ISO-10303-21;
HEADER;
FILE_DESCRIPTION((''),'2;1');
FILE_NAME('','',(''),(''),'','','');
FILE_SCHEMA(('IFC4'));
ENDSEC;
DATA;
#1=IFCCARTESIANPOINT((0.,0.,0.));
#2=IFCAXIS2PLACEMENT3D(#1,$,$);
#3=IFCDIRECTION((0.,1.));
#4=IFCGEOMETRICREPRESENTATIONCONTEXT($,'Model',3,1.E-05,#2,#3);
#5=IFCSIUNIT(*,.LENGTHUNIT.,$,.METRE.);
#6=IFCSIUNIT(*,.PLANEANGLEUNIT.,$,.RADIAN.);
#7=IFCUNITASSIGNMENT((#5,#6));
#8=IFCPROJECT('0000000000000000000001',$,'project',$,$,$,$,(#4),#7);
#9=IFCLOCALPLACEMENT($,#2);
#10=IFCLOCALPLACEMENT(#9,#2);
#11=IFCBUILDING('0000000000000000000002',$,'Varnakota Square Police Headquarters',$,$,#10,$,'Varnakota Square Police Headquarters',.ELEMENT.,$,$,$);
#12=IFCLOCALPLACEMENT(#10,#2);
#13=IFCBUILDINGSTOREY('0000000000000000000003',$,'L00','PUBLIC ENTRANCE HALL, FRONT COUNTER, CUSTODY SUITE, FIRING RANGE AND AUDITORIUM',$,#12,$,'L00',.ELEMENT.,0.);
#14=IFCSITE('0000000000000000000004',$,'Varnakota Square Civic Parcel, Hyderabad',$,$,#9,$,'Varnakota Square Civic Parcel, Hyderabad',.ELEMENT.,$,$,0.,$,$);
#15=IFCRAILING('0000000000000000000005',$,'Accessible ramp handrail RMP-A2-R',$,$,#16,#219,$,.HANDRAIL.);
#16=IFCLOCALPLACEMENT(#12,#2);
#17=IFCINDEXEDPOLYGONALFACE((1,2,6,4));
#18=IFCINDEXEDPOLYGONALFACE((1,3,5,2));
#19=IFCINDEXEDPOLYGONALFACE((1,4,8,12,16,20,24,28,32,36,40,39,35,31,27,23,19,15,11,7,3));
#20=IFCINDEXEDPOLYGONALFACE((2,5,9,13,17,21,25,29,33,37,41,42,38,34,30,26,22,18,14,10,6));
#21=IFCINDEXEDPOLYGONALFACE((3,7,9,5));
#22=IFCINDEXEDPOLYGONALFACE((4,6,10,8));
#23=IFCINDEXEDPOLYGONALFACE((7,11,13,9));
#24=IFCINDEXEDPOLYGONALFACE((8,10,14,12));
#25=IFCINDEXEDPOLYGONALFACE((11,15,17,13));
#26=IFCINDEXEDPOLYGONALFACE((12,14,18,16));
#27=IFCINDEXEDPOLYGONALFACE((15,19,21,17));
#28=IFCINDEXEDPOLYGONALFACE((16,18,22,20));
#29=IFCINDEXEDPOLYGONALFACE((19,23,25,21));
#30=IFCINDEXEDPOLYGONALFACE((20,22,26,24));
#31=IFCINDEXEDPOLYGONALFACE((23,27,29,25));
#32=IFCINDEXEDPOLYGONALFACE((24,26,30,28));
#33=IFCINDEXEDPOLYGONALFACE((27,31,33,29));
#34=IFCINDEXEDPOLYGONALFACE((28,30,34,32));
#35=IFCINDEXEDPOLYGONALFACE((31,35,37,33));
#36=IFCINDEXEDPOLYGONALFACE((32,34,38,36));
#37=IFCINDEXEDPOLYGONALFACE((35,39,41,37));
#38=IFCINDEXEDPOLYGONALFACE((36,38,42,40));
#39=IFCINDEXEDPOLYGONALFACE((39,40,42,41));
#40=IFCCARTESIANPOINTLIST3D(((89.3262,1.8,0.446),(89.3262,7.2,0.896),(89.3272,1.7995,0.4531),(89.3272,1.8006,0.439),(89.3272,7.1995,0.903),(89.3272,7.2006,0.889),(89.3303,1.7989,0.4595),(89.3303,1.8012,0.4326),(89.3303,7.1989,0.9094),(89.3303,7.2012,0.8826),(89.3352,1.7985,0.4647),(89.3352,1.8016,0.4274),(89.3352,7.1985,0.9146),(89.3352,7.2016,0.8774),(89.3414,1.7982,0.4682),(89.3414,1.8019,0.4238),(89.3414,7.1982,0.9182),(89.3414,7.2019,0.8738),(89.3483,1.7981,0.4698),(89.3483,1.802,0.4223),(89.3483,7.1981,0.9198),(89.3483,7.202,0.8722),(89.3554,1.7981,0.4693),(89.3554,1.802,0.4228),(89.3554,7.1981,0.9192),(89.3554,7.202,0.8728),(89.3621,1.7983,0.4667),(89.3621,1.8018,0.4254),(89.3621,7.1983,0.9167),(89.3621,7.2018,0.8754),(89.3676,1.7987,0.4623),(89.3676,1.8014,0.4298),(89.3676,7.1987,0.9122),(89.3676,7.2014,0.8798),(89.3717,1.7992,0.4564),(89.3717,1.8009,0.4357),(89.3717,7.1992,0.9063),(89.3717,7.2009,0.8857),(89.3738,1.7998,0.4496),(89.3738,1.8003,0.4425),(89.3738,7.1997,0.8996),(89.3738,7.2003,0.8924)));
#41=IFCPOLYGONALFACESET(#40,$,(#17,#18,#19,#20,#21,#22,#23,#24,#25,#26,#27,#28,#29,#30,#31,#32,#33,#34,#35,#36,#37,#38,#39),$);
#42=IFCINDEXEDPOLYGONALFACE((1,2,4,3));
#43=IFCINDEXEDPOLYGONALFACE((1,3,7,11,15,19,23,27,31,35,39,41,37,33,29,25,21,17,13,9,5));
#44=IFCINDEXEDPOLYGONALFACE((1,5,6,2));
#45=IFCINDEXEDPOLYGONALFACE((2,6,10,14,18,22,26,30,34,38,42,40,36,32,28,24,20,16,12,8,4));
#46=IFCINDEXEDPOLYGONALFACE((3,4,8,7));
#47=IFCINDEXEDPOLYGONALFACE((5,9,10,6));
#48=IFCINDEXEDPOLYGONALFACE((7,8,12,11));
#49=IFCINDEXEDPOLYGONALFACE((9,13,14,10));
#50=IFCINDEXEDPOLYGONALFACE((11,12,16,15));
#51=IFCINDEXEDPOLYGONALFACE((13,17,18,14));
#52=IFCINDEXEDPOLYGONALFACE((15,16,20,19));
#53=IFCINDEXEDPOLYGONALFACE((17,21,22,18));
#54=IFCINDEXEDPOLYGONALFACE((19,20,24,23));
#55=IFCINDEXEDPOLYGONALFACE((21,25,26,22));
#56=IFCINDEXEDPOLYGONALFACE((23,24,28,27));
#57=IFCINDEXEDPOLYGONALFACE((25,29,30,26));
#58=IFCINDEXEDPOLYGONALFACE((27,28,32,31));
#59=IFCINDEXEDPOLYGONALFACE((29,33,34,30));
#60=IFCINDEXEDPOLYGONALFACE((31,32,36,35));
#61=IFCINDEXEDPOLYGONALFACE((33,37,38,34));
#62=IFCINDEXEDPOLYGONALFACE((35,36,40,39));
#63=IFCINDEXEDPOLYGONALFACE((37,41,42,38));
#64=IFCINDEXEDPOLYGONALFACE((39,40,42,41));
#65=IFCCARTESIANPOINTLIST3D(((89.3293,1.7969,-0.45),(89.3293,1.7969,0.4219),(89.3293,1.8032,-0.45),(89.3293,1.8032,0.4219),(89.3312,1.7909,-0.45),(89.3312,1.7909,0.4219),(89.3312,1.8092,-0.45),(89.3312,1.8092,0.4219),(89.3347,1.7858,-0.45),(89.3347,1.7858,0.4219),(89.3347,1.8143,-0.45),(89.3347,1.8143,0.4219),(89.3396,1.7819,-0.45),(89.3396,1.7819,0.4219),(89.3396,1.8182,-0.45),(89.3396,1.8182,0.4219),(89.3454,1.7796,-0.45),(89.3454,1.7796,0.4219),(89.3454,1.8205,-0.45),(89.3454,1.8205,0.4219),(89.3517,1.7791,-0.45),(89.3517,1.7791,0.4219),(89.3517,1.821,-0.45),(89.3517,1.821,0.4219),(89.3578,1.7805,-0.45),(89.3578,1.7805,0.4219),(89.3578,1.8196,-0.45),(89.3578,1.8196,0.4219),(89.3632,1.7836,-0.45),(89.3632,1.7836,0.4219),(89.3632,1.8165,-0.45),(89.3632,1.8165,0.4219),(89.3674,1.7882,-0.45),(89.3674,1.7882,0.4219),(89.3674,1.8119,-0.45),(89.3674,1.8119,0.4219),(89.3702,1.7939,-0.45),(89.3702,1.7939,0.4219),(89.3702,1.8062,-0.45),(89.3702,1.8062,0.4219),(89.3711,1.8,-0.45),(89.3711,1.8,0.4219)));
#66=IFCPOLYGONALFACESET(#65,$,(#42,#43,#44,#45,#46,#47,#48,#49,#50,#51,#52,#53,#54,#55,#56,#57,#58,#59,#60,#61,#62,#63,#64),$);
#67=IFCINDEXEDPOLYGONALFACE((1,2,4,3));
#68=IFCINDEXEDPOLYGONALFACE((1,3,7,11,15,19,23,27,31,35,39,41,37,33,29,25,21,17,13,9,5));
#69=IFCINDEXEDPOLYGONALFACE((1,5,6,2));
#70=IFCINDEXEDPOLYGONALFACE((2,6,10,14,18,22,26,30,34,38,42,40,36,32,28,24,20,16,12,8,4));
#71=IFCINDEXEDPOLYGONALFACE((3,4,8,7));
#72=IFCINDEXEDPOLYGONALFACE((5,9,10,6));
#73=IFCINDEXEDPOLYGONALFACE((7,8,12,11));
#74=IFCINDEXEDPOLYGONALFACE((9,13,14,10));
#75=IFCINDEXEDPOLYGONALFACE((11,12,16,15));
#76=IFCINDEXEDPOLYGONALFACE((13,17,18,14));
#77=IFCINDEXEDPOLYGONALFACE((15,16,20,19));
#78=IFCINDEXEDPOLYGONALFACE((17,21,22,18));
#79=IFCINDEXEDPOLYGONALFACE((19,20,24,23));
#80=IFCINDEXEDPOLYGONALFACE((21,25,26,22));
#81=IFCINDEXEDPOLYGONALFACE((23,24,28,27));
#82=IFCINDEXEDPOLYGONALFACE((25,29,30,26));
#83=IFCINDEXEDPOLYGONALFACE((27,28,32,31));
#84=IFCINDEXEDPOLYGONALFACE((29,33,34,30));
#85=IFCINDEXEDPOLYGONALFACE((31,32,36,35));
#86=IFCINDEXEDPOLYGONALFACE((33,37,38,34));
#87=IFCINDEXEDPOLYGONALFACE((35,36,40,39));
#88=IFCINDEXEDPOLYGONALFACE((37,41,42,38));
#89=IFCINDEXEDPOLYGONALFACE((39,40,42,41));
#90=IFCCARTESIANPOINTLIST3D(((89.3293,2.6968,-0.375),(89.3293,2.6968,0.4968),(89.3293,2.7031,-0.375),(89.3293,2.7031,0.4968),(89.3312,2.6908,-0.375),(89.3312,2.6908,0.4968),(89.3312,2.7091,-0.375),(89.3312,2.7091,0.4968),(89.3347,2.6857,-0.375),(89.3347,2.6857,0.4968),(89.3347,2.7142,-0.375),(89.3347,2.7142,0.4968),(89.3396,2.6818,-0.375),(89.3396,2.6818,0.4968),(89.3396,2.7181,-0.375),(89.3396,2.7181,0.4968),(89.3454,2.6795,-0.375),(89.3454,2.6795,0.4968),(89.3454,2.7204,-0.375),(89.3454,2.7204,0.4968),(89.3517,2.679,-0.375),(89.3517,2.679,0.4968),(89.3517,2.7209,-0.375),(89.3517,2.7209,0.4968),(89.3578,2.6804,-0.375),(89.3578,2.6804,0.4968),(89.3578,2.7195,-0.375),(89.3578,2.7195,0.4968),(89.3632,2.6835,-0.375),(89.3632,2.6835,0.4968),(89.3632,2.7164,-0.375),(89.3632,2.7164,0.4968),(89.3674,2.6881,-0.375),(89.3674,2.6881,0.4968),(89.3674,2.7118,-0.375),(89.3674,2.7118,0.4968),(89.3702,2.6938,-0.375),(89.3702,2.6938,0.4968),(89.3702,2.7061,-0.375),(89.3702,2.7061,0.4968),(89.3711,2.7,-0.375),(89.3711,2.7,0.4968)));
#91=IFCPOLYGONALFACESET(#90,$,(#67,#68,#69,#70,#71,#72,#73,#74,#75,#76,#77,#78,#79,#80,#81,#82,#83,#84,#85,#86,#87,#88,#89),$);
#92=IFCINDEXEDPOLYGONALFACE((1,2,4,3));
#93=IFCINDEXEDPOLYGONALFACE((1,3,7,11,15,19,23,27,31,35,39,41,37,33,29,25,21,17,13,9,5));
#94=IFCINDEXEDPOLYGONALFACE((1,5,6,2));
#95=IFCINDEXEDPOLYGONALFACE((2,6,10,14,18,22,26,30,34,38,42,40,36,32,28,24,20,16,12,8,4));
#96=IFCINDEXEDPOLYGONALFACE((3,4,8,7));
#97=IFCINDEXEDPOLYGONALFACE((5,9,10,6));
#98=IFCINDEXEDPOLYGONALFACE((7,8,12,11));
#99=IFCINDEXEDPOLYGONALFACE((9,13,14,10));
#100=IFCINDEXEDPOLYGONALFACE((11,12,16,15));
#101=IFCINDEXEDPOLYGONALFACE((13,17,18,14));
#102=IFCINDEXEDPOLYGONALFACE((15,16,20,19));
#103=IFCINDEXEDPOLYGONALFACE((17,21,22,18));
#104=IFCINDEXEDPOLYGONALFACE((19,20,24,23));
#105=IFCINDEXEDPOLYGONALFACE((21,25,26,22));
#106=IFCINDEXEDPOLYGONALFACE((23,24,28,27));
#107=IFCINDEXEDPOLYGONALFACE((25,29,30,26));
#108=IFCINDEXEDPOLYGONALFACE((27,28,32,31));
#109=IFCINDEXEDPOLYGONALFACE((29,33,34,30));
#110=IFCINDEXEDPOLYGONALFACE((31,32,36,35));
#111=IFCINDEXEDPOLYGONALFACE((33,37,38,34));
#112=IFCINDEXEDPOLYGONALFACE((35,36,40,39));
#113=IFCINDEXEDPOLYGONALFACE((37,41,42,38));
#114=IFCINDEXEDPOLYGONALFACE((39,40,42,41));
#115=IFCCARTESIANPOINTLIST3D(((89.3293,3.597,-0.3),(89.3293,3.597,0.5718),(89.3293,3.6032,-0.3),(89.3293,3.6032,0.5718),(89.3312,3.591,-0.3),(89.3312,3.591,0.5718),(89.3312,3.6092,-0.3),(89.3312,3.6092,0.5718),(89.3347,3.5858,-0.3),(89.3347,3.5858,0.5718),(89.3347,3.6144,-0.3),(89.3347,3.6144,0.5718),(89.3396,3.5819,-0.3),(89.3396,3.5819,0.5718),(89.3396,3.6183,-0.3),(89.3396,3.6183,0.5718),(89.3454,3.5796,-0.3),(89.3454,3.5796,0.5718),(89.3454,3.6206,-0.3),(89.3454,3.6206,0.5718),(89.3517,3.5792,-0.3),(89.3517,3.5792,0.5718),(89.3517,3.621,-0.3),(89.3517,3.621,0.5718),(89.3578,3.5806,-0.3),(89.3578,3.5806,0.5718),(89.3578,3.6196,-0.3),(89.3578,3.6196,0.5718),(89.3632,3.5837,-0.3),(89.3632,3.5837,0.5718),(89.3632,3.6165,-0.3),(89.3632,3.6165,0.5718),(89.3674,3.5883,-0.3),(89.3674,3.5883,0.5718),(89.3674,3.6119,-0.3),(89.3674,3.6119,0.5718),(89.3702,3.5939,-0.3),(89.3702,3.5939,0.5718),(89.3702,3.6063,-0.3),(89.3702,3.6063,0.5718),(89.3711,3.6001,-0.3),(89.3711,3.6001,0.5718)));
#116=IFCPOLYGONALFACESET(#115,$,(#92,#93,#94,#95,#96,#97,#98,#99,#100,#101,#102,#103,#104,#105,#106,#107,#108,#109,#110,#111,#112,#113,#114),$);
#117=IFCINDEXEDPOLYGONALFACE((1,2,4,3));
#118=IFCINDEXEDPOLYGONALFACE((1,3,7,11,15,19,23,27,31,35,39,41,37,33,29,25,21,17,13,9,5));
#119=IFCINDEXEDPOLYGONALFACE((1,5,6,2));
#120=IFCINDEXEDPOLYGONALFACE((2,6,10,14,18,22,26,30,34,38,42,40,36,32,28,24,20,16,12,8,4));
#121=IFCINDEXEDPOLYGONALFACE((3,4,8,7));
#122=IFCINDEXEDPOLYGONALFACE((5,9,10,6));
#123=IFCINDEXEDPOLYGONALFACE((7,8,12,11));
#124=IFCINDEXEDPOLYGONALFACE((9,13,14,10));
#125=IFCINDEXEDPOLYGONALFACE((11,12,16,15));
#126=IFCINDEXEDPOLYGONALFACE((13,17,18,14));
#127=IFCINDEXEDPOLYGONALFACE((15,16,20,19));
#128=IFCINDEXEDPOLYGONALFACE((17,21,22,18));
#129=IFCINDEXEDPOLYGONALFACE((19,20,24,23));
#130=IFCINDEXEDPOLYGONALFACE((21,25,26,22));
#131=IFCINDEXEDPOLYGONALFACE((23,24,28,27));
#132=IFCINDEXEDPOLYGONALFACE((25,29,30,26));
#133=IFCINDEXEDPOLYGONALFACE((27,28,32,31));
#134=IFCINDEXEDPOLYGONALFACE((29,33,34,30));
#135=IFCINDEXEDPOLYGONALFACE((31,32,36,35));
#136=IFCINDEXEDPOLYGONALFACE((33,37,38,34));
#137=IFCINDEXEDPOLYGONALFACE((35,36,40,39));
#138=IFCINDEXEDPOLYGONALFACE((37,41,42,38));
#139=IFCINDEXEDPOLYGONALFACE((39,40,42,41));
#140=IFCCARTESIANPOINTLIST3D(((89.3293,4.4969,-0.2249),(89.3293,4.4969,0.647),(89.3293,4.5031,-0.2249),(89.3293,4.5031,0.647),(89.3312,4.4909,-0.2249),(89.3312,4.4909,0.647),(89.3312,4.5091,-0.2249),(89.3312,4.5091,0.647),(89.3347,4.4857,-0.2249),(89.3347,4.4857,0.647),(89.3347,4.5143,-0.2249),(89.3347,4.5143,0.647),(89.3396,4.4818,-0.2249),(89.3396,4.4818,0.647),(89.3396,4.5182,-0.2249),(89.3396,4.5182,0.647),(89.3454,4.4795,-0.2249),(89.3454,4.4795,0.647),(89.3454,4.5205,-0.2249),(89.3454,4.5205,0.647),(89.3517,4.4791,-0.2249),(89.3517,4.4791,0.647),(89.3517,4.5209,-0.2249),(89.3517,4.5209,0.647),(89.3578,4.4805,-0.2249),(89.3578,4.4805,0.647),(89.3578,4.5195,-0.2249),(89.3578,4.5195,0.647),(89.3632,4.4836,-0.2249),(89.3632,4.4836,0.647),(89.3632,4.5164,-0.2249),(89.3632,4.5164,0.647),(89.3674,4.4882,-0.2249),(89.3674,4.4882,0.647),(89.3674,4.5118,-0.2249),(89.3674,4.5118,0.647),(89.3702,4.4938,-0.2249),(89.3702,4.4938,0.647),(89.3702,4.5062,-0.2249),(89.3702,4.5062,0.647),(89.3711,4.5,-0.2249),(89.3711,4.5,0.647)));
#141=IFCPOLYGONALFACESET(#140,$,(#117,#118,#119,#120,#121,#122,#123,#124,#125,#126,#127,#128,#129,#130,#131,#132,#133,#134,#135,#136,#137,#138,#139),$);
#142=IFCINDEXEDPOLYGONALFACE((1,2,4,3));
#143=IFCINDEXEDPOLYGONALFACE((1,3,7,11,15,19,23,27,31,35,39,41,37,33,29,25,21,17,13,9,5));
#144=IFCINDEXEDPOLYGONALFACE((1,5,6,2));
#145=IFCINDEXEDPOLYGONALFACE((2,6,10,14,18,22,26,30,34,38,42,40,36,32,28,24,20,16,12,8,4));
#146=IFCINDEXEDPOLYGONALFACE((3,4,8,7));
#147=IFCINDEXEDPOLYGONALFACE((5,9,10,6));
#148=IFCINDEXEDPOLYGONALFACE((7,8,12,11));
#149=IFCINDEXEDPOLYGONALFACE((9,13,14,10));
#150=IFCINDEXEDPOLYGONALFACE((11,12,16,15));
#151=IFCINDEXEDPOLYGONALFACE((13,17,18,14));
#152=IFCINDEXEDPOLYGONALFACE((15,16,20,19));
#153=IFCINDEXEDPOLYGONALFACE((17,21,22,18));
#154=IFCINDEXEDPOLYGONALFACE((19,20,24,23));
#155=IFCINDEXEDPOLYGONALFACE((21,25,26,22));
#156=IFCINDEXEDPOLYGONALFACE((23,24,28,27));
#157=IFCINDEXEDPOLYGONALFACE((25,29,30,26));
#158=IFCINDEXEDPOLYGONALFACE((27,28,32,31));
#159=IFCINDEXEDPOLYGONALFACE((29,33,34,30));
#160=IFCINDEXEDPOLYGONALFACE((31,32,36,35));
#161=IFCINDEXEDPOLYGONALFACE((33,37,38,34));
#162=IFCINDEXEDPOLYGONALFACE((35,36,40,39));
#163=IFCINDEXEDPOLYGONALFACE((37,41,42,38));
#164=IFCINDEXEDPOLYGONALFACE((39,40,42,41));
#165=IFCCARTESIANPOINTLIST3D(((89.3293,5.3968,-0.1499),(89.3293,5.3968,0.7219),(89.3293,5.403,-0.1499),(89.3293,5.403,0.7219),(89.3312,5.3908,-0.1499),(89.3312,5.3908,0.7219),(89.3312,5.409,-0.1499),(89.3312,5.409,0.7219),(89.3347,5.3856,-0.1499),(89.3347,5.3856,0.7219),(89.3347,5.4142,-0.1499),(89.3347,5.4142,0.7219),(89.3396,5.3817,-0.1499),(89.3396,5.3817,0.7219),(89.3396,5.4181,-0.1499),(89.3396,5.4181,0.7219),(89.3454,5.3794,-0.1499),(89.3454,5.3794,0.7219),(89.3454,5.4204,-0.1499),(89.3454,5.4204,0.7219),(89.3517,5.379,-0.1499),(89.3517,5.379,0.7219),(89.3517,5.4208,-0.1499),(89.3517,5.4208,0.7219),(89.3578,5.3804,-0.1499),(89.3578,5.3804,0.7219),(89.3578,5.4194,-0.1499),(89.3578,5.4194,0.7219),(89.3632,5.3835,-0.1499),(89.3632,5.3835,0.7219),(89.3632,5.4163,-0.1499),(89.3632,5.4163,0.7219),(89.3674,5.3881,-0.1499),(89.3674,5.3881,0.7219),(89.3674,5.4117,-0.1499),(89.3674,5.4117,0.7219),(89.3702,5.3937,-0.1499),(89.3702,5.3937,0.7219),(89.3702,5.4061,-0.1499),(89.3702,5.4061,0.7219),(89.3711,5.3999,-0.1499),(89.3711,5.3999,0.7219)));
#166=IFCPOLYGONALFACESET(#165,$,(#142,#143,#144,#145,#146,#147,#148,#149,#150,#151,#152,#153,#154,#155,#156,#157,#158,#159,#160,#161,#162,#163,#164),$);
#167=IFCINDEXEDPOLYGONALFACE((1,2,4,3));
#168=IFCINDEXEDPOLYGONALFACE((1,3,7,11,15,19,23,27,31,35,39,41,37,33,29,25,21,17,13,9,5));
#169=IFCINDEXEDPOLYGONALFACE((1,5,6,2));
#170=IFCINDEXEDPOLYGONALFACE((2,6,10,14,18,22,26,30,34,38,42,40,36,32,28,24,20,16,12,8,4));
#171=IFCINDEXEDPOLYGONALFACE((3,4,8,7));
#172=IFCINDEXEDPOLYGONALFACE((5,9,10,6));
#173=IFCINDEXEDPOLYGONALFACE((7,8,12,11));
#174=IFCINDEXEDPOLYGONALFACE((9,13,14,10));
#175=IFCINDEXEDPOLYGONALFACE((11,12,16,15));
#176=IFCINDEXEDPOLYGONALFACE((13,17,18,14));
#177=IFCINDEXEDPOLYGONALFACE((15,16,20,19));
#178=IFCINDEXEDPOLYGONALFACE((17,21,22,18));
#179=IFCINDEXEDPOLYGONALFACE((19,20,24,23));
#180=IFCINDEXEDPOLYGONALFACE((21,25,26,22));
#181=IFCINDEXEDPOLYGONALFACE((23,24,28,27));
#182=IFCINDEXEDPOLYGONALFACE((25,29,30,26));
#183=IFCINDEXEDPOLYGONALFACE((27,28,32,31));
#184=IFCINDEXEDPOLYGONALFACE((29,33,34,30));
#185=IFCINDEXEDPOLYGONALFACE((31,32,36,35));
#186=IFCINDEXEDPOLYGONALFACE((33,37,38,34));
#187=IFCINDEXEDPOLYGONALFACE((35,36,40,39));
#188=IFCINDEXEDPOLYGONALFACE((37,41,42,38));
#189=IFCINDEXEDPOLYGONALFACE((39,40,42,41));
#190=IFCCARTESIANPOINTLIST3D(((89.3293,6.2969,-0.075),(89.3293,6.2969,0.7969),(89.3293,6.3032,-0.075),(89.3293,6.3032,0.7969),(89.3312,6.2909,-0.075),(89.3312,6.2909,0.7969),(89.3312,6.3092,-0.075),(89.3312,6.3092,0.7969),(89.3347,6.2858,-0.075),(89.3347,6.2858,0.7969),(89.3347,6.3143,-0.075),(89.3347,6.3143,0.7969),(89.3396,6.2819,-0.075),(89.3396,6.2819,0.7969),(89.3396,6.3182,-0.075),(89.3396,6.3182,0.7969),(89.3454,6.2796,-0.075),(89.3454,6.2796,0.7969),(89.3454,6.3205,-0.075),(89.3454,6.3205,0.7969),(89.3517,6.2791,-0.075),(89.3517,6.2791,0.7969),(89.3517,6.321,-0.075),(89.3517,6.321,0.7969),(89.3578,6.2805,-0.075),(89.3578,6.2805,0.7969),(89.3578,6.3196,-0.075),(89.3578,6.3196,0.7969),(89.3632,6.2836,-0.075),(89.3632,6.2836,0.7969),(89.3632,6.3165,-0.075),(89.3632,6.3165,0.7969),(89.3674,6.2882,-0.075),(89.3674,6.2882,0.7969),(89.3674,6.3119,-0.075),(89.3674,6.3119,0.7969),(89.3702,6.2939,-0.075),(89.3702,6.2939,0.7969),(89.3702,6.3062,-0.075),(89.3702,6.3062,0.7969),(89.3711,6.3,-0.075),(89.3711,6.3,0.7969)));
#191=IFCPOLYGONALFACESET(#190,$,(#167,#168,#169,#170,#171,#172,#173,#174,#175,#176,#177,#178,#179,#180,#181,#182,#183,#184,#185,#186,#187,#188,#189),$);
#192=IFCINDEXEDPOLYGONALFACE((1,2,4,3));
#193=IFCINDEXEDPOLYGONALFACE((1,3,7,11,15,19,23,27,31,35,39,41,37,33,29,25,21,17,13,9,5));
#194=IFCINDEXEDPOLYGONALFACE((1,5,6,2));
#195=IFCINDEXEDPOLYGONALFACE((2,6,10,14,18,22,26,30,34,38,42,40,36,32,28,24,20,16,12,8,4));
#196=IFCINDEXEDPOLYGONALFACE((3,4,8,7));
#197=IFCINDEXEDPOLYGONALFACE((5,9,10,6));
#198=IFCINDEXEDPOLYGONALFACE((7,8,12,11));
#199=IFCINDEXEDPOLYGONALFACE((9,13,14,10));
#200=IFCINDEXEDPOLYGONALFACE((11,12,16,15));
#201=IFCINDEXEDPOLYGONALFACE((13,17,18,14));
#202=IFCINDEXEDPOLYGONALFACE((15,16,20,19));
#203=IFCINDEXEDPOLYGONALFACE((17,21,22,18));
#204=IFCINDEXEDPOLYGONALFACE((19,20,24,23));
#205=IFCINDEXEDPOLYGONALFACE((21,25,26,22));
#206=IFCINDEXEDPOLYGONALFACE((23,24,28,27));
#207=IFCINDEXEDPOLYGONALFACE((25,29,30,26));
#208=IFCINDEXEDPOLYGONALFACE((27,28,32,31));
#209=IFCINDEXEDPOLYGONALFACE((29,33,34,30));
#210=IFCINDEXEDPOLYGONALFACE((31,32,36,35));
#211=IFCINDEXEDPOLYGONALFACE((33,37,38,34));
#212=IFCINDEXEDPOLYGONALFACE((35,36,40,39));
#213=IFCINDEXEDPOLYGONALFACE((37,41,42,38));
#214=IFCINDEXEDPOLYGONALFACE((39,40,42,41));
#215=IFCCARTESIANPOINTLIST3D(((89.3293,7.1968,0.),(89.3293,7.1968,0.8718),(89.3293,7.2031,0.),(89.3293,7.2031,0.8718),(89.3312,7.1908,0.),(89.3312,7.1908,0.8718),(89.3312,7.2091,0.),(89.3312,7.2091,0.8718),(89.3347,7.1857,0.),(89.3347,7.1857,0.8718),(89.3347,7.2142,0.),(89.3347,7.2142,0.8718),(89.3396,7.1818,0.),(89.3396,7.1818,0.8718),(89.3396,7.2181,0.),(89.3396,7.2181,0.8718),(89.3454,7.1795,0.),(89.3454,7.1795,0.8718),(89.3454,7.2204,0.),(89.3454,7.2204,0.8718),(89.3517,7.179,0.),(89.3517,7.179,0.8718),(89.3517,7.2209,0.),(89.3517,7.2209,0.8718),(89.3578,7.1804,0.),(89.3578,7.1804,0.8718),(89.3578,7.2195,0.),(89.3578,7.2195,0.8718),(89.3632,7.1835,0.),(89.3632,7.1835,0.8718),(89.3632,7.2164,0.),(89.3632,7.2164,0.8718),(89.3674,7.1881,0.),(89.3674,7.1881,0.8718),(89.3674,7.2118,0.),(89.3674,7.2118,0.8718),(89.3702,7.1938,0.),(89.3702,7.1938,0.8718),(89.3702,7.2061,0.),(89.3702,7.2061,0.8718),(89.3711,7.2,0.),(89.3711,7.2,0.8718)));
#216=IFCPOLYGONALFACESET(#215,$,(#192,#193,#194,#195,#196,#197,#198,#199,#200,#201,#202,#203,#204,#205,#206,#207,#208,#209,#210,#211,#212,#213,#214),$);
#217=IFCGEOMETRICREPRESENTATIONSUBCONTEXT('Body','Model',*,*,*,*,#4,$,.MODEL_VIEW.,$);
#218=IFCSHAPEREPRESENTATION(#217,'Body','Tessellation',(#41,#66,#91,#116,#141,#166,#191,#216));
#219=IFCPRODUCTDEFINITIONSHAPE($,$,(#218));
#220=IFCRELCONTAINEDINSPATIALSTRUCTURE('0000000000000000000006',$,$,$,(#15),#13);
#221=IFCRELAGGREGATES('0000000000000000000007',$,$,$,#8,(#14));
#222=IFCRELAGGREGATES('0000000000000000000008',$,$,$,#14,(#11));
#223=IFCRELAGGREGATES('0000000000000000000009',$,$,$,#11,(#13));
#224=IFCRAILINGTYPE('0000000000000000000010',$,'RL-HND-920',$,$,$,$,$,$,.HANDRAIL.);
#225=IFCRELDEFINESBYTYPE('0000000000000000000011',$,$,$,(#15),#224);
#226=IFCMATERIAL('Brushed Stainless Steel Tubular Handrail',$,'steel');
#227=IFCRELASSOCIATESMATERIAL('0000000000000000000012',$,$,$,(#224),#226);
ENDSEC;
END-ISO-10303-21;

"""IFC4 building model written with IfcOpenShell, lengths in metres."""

from ifc_helpers import new_model, si_unit, direction, frame, origin, origin_2d, place, context, subcontext, project, spatial, circle, extrude, material, type_object, element, save


model = new_model("IFC4")

# Units and contexts
model_context = context("Model", 3, precision=1e-05, world=origin(), true_north=direction((0.0, 1.0)))
body_context = subcontext(model_context, "Body", "Model", "MODEL_VIEW")
ifc_project = project(units=[si_unit("LENGTHUNIT", "METRE"), si_unit("PLANEANGLEUNIT", "RADIAN")], contexts=[model_context])

# Site, building, storey
site_placement = place(None, origin())
site = spatial("IfcSite", under=ifc_project, at=site_placement, Name="Varnakota Square Civic Parcel, Hyderabad", LongName="Varnakota Square Civic Parcel, Hyderabad", CompositionType="ELEMENT", RefElevation=0.0)
building_placement = place(site_placement, origin())
building = spatial("IfcBuilding", under=site, at=building_placement, Name="Varnakota Square Police Headquarters", LongName="Varnakota Square Police Headquarters", CompositionType="ELEMENT")
storey_placement = place(building_placement, origin())
storey = spatial("IfcBuildingStorey", under=building, at=storey_placement, Name="L00", Description="PUBLIC ENTRANCE HALL, FRONT COUNTER, CUSTODY SUITE, FIRING RANGE AND AUDITORIUM", LongName="L00", CompositionType="ELEMENT", Elevation=0.0)

# Railing
ifc_material_1 = material(Name="Brushed Stainless Steel Tubular Handrail", Category="steel")
railing_type = type_object("IfcRailingType", Name="RL-HND-920", PredefinedType="HANDRAIL", material=ifc_material_1)
railing_placement = place(storey_placement, frame((89.3501, 1.8, -0.45)))
element("IfcRailing", 1, at=railing_placement, inside=storey, type_object=railing_type, Name="Accessible ramp handrail RMP-A2-R", PredefinedType="HANDRAIL", context=body_context, shape_type="SweptSolid", body=[
    extrude(circle(Radius=0.0239, at=origin_2d()), frame((0.0, 0.0, 0.896), z_axis=(0.0, 0.996546, 0.083038), x_axis=(-1.0, 0.0, 0.0)), (0.0, 0.0, 1.0), 5.4187),
    extrude(circle(Radius=0.021, at=origin_2d()), origin(), (0.0, 0.0, 1.0), 0.8718),
    extrude(circle(Radius=0.021, at=origin_2d()), frame((0.0, 0.8999, 0.075)), (0.0, 0.0, 1.0), 0.8718),
    extrude(circle(Radius=0.021, at=origin_2d()), frame((0.0, 1.8, 0.1499)), (0.0, 0.0, 1.0), 0.8718),
    extrude(circle(Radius=0.021, at=origin_2d()), frame((0.0, 2.7, 0.2251)), (0.0, 0.0, 1.0), 0.8718),
    extrude(circle(Radius=0.021, at=origin_2d()), frame((0.0, 3.5999, 0.3)), (0.0, 0.0, 1.0), 0.8718),
    extrude(circle(Radius=0.021, at=origin_2d()), frame((0.0, 4.5, 0.375)), (0.0, 0.0, 1.0), 0.8718),
    extrude(circle(Radius=0.021, at=origin_2d()), frame((0.0, 5.3999, 0.45)), (0.0, 0.0, 1.0), 0.8718),
])

save(model, "model.ifc")
